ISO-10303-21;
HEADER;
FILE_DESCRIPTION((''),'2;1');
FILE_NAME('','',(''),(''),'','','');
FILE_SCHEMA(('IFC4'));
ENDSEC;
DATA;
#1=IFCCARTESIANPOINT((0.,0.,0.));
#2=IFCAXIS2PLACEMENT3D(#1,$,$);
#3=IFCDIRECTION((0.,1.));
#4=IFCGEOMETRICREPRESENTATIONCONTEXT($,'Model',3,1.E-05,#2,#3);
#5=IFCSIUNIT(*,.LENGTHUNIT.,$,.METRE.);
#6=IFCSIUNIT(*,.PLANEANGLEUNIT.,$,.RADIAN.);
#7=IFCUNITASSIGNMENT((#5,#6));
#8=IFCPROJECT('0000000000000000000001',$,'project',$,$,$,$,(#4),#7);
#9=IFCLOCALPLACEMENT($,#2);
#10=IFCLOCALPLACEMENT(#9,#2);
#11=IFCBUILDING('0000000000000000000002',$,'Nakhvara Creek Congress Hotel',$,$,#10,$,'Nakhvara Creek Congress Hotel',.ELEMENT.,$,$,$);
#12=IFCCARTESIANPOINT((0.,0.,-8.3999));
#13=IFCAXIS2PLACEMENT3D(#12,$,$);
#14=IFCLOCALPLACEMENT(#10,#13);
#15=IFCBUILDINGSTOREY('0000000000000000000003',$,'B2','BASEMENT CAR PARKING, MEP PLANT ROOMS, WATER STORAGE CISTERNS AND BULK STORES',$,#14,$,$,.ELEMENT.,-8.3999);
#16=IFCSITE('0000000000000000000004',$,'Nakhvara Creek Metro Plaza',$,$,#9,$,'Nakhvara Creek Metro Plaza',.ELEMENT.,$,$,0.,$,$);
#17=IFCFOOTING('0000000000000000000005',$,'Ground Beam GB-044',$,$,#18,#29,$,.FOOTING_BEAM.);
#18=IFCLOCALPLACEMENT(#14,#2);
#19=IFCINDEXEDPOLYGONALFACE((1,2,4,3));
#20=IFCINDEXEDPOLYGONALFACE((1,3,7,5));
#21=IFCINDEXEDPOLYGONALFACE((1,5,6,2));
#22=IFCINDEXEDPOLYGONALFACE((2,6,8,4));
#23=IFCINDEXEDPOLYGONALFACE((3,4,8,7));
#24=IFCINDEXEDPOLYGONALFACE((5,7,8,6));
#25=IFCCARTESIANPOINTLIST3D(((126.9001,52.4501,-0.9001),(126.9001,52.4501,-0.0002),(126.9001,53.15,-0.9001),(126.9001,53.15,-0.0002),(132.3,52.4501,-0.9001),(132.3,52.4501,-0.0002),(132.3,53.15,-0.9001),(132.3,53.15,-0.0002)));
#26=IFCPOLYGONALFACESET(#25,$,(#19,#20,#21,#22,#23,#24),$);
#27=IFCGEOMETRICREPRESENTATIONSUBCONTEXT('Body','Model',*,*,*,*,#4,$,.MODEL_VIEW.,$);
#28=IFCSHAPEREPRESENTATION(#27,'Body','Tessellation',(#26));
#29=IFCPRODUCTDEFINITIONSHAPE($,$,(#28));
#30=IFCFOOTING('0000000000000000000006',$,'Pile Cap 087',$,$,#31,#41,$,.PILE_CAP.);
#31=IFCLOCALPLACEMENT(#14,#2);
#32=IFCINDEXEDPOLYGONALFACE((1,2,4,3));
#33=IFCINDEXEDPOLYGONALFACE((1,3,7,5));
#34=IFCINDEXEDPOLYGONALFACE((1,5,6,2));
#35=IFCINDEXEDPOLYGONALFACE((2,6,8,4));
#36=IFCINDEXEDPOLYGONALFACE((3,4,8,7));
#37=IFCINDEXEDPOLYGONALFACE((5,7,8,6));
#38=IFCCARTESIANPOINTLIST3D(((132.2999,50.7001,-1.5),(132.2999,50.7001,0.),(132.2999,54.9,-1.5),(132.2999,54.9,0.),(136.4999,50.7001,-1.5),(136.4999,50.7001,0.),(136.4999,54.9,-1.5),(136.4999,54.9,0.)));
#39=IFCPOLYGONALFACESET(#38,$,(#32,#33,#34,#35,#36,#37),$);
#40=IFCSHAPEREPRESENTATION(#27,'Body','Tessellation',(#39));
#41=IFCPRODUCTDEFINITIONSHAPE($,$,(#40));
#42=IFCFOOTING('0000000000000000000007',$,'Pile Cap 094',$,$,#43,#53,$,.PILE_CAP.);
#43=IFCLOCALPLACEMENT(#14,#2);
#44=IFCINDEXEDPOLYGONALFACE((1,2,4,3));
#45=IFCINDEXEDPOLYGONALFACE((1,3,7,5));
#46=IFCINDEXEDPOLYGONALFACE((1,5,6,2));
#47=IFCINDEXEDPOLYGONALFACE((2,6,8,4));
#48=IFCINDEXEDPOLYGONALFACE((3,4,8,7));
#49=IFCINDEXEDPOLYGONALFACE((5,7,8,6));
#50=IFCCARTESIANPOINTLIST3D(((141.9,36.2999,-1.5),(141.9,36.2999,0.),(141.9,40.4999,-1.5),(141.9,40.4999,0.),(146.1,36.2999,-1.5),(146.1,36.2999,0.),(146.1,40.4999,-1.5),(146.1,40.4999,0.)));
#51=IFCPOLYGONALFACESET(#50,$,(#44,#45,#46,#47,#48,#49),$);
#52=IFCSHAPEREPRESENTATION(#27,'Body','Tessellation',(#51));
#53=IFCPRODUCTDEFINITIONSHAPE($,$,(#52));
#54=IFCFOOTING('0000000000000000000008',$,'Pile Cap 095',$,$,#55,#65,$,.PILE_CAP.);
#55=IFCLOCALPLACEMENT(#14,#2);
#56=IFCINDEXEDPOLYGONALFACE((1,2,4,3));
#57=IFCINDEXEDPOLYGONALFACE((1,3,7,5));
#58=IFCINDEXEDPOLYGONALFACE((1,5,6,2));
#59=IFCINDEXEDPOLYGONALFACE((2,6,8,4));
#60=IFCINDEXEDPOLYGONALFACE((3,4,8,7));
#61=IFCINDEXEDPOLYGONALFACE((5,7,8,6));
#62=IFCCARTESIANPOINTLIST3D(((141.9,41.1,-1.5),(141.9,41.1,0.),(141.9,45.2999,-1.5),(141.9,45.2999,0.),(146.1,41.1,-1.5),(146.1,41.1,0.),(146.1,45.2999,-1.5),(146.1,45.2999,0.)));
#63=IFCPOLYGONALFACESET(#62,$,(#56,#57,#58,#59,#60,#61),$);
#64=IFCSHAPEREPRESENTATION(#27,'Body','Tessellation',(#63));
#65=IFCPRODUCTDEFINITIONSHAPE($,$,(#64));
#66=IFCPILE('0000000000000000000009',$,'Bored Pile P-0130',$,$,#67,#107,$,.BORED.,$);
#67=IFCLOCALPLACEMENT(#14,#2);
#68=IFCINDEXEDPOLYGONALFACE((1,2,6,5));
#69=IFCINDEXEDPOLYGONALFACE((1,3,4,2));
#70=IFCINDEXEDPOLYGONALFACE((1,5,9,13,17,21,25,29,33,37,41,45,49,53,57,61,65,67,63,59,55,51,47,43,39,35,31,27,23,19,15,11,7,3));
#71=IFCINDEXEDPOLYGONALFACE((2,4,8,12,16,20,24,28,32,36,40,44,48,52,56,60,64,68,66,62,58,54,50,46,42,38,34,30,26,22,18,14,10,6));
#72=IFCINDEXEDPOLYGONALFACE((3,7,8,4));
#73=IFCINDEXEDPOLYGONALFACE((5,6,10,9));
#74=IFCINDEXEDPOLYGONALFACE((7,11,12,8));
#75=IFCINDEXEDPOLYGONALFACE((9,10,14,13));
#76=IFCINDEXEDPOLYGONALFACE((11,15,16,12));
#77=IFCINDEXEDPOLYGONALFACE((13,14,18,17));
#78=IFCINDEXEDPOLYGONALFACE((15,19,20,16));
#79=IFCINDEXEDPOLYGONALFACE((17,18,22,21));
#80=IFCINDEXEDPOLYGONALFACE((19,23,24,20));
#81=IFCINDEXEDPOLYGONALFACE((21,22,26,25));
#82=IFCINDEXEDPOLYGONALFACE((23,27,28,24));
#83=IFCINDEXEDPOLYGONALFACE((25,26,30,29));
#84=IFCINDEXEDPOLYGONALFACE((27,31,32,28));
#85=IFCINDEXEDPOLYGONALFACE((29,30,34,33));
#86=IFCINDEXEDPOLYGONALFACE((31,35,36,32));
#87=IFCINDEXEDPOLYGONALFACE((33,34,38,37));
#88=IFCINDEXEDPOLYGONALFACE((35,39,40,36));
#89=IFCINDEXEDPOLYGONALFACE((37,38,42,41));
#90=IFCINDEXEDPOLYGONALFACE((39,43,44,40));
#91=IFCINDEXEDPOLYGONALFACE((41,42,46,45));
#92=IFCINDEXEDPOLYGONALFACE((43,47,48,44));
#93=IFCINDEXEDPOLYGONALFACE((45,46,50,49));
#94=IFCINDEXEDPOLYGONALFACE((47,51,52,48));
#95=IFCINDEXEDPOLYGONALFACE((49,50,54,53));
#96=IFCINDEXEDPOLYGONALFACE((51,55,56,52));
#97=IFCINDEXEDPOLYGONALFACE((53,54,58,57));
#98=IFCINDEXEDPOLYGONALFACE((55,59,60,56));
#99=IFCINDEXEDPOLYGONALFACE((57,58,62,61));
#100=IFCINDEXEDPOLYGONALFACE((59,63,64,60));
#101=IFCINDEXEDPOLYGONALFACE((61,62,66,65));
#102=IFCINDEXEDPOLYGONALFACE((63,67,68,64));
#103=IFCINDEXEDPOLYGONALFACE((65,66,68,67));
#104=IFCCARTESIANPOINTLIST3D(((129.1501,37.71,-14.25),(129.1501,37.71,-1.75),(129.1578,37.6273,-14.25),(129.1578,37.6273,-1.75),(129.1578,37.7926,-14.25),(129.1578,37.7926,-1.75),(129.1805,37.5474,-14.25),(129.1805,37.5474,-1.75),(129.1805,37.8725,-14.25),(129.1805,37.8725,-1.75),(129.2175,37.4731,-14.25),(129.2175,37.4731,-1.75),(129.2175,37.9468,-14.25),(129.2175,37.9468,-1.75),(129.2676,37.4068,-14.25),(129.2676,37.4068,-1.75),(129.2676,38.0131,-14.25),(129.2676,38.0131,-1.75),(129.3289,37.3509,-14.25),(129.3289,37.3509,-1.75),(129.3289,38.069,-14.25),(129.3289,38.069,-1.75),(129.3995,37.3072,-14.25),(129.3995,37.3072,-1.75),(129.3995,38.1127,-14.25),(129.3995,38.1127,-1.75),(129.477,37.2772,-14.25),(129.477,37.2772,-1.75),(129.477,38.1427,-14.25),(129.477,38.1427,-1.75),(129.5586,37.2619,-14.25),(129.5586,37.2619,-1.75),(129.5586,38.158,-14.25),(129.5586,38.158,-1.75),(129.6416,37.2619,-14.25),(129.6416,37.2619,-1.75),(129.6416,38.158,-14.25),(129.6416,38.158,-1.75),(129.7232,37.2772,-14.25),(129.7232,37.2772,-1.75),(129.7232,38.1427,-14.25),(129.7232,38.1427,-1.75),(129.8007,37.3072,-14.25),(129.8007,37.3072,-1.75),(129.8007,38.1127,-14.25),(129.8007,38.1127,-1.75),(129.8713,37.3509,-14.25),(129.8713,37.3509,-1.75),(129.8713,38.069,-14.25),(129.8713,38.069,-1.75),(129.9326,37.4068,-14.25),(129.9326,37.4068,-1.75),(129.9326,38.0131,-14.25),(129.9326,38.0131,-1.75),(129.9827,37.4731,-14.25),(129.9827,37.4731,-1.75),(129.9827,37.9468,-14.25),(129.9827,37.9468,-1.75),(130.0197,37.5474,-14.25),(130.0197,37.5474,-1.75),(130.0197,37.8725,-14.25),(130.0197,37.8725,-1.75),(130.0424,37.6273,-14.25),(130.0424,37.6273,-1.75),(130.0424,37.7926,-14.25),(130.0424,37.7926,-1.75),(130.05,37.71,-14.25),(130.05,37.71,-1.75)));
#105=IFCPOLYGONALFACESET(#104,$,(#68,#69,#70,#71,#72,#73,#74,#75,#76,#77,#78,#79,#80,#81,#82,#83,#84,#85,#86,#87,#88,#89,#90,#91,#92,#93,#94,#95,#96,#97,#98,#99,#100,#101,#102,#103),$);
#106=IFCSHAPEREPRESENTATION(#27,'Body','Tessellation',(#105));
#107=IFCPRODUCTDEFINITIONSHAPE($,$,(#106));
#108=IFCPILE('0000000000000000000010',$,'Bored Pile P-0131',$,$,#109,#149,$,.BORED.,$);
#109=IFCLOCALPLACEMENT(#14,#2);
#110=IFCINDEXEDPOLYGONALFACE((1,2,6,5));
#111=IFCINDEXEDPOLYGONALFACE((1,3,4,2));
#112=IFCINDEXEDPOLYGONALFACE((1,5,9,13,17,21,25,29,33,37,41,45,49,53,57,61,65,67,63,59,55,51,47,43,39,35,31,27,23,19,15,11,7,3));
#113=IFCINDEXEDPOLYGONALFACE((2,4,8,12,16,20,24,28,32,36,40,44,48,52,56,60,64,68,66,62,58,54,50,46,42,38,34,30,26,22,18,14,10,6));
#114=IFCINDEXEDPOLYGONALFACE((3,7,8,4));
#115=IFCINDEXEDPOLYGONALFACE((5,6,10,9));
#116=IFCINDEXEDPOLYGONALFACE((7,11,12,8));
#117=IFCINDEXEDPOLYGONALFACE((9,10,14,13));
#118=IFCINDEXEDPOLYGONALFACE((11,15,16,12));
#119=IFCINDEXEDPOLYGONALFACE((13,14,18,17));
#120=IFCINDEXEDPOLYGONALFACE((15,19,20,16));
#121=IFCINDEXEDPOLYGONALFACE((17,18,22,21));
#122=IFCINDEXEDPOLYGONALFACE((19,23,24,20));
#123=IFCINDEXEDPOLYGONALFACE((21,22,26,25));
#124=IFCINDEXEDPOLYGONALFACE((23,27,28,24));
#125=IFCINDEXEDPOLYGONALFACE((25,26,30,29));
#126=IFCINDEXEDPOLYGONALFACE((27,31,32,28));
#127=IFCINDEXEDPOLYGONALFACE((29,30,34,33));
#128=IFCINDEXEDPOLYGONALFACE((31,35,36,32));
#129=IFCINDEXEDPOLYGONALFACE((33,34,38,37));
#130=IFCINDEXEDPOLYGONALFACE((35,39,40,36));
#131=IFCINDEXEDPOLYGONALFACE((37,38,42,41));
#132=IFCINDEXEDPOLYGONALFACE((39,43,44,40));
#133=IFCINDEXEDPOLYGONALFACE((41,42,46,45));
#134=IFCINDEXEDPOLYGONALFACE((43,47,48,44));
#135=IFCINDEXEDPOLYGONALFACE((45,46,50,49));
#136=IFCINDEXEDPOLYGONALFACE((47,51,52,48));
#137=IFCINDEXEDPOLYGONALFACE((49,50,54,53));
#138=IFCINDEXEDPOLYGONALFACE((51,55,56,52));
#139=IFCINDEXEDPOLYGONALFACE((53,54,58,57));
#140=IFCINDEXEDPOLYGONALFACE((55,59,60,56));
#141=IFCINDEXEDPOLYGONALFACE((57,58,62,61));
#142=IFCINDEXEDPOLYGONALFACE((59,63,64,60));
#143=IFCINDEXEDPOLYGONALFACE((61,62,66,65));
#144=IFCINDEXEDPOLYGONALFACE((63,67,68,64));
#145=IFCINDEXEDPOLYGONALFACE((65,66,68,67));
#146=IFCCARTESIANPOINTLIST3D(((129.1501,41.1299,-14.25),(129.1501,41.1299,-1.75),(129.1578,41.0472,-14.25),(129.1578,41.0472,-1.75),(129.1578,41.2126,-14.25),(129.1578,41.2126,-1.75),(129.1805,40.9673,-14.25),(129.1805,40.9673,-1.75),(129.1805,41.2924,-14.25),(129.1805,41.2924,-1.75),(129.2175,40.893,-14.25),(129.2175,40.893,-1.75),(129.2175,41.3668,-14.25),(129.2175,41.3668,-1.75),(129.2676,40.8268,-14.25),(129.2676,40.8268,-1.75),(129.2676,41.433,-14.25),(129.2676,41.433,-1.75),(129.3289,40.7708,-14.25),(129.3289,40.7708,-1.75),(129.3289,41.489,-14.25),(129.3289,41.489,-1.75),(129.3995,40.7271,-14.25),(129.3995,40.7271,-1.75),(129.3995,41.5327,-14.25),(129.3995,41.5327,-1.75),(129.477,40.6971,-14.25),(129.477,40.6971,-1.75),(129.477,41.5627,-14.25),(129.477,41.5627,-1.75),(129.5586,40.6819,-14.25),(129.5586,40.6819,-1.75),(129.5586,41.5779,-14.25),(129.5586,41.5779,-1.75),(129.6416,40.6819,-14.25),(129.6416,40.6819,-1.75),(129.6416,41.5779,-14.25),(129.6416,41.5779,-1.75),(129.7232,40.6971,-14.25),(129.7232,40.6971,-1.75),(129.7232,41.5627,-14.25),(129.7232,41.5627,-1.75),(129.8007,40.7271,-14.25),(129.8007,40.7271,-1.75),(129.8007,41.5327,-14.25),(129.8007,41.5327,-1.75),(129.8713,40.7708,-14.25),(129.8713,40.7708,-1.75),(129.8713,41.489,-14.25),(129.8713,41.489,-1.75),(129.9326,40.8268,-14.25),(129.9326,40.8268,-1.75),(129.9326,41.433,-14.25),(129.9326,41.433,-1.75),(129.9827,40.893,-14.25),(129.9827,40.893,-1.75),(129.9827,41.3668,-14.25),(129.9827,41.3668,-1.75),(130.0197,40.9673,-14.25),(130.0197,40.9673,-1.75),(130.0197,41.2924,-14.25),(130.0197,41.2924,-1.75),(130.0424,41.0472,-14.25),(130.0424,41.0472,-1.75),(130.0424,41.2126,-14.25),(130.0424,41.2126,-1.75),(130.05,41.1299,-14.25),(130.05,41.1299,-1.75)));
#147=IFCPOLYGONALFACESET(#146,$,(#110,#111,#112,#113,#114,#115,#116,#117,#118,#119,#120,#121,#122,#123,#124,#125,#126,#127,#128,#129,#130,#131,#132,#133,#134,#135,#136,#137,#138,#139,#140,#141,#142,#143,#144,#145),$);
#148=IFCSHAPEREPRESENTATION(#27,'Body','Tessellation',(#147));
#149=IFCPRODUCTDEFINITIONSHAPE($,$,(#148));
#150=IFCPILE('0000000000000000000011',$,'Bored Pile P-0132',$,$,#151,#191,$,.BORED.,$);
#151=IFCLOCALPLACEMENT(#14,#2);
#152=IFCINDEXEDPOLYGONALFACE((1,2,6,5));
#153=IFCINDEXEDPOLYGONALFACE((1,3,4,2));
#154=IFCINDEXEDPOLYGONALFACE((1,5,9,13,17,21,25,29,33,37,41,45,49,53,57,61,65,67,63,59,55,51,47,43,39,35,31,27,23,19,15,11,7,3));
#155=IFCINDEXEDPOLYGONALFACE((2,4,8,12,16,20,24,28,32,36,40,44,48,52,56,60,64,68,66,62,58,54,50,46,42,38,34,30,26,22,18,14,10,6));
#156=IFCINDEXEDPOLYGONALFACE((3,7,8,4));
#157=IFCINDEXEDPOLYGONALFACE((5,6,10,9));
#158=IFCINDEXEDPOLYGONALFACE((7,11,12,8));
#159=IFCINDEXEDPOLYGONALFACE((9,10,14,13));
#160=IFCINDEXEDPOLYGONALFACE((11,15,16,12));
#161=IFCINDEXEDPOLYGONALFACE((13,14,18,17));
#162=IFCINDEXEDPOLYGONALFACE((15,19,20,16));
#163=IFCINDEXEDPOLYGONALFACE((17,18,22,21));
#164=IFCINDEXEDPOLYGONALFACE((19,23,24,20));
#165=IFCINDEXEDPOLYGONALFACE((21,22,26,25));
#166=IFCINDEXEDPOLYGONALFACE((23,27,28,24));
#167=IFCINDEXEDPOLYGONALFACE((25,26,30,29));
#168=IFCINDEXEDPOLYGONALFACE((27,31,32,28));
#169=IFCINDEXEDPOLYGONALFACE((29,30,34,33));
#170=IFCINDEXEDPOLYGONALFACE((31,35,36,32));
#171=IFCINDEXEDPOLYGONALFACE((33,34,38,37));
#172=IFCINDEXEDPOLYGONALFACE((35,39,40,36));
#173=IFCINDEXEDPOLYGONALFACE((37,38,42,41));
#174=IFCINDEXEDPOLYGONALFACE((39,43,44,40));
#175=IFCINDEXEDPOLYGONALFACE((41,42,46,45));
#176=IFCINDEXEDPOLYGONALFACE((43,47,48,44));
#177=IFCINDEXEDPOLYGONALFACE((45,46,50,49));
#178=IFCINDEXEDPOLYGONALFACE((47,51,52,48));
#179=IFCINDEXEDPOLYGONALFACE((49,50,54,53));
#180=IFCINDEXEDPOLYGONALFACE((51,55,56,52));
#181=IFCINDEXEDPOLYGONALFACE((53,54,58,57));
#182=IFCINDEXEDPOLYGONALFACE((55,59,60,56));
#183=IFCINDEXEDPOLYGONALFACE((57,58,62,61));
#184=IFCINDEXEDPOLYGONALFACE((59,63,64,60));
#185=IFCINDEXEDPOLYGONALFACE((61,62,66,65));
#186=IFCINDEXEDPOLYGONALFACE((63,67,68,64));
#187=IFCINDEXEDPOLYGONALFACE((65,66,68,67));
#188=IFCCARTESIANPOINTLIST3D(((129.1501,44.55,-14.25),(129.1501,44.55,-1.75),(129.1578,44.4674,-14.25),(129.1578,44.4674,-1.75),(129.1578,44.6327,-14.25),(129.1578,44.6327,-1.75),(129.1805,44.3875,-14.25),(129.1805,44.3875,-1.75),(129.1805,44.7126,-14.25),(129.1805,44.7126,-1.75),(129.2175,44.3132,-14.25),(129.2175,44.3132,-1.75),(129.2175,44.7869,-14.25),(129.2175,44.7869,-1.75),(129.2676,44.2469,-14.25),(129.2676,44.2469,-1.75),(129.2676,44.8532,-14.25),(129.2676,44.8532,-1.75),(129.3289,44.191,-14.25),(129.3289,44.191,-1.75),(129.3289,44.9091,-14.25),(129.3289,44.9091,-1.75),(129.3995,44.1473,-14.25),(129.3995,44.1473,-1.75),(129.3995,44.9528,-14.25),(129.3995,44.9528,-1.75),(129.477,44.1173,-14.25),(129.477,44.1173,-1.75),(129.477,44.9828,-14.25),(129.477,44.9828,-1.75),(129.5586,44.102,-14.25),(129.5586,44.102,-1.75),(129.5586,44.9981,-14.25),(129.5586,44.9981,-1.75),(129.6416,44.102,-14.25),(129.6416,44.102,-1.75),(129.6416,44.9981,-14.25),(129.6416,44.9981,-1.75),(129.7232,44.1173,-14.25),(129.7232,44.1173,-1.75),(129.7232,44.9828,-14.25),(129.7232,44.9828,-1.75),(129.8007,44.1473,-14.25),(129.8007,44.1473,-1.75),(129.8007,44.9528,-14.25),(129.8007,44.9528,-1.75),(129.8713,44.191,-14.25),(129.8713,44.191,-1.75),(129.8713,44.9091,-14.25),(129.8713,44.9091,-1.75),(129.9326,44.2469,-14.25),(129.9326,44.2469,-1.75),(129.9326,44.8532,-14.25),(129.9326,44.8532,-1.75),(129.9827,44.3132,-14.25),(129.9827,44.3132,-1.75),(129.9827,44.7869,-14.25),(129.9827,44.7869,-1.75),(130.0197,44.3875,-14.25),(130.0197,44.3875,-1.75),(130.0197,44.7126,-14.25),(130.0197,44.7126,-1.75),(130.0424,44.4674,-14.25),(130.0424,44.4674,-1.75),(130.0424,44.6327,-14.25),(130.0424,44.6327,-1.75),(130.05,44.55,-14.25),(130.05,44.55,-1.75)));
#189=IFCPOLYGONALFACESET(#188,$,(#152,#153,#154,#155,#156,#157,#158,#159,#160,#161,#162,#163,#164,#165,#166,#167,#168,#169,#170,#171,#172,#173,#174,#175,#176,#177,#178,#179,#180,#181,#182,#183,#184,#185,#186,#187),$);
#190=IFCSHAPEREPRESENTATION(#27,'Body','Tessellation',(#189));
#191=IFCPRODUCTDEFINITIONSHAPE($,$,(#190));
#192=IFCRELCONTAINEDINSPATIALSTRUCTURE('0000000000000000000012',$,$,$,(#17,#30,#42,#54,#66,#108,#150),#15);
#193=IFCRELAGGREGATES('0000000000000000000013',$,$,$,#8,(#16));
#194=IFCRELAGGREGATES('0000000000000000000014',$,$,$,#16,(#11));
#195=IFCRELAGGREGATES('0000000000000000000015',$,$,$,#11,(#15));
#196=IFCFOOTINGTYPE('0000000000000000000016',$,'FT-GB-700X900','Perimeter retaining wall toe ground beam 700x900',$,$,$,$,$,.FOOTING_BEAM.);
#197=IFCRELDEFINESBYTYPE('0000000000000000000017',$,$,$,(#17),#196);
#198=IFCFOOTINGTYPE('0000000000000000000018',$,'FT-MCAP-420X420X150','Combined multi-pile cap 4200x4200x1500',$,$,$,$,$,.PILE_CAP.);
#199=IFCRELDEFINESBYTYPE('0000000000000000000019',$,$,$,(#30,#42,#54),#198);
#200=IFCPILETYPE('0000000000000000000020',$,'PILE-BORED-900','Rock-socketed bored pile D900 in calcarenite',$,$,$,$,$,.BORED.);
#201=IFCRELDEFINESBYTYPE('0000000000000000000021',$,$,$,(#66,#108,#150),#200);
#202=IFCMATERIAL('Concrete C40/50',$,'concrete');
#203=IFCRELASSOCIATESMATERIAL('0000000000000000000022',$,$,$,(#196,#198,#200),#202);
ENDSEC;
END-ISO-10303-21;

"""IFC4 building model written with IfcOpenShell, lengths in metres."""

from ifc_helpers import new_model, si_unit, direction, frame, origin, origin_2d, place, context, subcontext, project, spatial, rectangle, circle, extrude, material, material_profile, profile_set, type_object, element, save


model = new_model("IFC4")

# Units and contexts
model_context = context("Model", 3, precision=1e-05, world=origin(), true_north=direction((0.0, 1.0)))
body_context = subcontext(model_context, "Body", "Model", "MODEL_VIEW")
ifc_project = project(units=[si_unit("LENGTHUNIT", "METRE"), si_unit("PLANEANGLEUNIT", "RADIAN")], contexts=[model_context])

# Site, building, storey
site_placement = place(None, origin())
site = spatial("IfcSite", under=ifc_project, at=site_placement, Name="Nakhvara Creek Metro Plaza", LongName="Nakhvara Creek Metro Plaza", CompositionType="ELEMENT", RefElevation=0.0)
building_placement = place(site_placement, origin())
building = spatial("IfcBuilding", under=site, at=building_placement, Name="Nakhvara Creek Congress Hotel", LongName="Nakhvara Creek Congress Hotel", CompositionType="ELEMENT")
storey_placement = place(building_placement, frame((0.0, 0.0, -8.3999)))
storey = spatial("IfcBuildingStorey", under=building, at=storey_placement, Name="B2", Description="BASEMENT CAR PARKING, MEP PLANT ROOMS, WATER STORAGE CISTERNS AND BULK STORES", CompositionType="ELEMENT", Elevation=-8.3999)

# Footings
ifc_material_1 = material(Name="Concrete C40/50", Category="concrete")
footing_type_1 = type_object("IfcFootingType", Name="FT-GB-700X900", Description="Perimeter retaining wall toe ground beam 700x900", PredefinedType="FOOTING_BEAM", material=ifc_material_1)
footing_placement = place(storey_placement, frame((129.6001, 52.8, -0.9001), z_axis=(0.0, 0.0, 1.0), x_axis=(1.0, 0.0, 0.0)))
element("IfcFooting", 1, at=footing_placement, inside=storey, type_object=footing_type_1, Name="Ground Beam GB-044", PredefinedType="FOOTING_BEAM", context=body_context, shape_type="SweptSolid", body=[
    extrude(rectangle(XDim=5.3999, YDim=0.7, at=origin_2d()), origin(), (0.0, 0.0, 1.0), 0.8999),
])
footing_type_2 = type_object("IfcFootingType", Name="FT-MCAP-420X420X150", Description="Combined multi-pile cap 4200x4200x1500", PredefinedType="PILE_CAP", material=ifc_material_1)
for number, where, z_axis, x_axis, name in (
    (2, (134.3999, 52.8, -1.5), (0.0, 0.0, 1.0), (1.0, 0.0, 0.0), "Pile Cap 087"),
    (3, (144.0, 38.3999, -1.5), (0.0, 0.0, 1.0), (1.0, 0.0, 0.0), "Pile Cap 094"),
    (4, (144.0, 43.2, -1.5), (0.0, 0.0, 1.0), (1.0, 0.0, 0.0), "Pile Cap 095"),
):
    element("IfcFooting", number, at=place(storey_placement, frame(where, z_axis=z_axis, x_axis=x_axis)), inside=storey, type_object=footing_type_2, Name=name, PredefinedType="PILE_CAP", context=body_context, shape_type="SweptSolid", body=[
        extrude(rectangle(XDim=4.2, YDim=4.2, at=origin_2d()), origin(), (0.0, 0.0, 1.0), 1.5),
    ])

# Piles
ifc_material_profile_1 = material_profile(ifc_material_1, circle(Radius=0.45, at=origin_2d()), Name="BORED PILE D900", Category="LoadBearing")
ifc_profile_set_1 = profile_set([ifc_material_profile_1], Name="Concrete C40/50")
pile_type = type_object("IfcPileType", Name="PILE-BORED-900", Description="Rock-socketed bored pile D900 in calcarenite", PredefinedType="BORED", material=ifc_profile_set_1)
for number, where, z_axis, x_axis, name in (
    (5, (129.6001, 37.71, -1.75), (0.0, 0.0, -1.0), (1.0, 0.0, 0.0), "Bored Pile P-0130"),
    (6, (129.6001, 41.1299, -1.75), (0.0, 0.0, -1.0), (1.0, 0.0, 0.0), "Bored Pile P-0131"),
    (7, (129.6001, 44.55, -1.75), (0.0, 0.0, -1.0), (1.0, 0.0, 0.0), "Bored Pile P-0132"),
):
    element("IfcPile", number, at=place(storey_placement, frame(where, z_axis=z_axis, x_axis=x_axis)), inside=storey, type_object=pile_type, Name=name, PredefinedType="BORED", context=body_context, shape_type="SweptSolid", body=[
        extrude(circle(Radius=0.45, at=origin_2d()), origin(), (0.0, 0.0, 1.0), 12.5),
    ])

save(model, "model.ifc")
